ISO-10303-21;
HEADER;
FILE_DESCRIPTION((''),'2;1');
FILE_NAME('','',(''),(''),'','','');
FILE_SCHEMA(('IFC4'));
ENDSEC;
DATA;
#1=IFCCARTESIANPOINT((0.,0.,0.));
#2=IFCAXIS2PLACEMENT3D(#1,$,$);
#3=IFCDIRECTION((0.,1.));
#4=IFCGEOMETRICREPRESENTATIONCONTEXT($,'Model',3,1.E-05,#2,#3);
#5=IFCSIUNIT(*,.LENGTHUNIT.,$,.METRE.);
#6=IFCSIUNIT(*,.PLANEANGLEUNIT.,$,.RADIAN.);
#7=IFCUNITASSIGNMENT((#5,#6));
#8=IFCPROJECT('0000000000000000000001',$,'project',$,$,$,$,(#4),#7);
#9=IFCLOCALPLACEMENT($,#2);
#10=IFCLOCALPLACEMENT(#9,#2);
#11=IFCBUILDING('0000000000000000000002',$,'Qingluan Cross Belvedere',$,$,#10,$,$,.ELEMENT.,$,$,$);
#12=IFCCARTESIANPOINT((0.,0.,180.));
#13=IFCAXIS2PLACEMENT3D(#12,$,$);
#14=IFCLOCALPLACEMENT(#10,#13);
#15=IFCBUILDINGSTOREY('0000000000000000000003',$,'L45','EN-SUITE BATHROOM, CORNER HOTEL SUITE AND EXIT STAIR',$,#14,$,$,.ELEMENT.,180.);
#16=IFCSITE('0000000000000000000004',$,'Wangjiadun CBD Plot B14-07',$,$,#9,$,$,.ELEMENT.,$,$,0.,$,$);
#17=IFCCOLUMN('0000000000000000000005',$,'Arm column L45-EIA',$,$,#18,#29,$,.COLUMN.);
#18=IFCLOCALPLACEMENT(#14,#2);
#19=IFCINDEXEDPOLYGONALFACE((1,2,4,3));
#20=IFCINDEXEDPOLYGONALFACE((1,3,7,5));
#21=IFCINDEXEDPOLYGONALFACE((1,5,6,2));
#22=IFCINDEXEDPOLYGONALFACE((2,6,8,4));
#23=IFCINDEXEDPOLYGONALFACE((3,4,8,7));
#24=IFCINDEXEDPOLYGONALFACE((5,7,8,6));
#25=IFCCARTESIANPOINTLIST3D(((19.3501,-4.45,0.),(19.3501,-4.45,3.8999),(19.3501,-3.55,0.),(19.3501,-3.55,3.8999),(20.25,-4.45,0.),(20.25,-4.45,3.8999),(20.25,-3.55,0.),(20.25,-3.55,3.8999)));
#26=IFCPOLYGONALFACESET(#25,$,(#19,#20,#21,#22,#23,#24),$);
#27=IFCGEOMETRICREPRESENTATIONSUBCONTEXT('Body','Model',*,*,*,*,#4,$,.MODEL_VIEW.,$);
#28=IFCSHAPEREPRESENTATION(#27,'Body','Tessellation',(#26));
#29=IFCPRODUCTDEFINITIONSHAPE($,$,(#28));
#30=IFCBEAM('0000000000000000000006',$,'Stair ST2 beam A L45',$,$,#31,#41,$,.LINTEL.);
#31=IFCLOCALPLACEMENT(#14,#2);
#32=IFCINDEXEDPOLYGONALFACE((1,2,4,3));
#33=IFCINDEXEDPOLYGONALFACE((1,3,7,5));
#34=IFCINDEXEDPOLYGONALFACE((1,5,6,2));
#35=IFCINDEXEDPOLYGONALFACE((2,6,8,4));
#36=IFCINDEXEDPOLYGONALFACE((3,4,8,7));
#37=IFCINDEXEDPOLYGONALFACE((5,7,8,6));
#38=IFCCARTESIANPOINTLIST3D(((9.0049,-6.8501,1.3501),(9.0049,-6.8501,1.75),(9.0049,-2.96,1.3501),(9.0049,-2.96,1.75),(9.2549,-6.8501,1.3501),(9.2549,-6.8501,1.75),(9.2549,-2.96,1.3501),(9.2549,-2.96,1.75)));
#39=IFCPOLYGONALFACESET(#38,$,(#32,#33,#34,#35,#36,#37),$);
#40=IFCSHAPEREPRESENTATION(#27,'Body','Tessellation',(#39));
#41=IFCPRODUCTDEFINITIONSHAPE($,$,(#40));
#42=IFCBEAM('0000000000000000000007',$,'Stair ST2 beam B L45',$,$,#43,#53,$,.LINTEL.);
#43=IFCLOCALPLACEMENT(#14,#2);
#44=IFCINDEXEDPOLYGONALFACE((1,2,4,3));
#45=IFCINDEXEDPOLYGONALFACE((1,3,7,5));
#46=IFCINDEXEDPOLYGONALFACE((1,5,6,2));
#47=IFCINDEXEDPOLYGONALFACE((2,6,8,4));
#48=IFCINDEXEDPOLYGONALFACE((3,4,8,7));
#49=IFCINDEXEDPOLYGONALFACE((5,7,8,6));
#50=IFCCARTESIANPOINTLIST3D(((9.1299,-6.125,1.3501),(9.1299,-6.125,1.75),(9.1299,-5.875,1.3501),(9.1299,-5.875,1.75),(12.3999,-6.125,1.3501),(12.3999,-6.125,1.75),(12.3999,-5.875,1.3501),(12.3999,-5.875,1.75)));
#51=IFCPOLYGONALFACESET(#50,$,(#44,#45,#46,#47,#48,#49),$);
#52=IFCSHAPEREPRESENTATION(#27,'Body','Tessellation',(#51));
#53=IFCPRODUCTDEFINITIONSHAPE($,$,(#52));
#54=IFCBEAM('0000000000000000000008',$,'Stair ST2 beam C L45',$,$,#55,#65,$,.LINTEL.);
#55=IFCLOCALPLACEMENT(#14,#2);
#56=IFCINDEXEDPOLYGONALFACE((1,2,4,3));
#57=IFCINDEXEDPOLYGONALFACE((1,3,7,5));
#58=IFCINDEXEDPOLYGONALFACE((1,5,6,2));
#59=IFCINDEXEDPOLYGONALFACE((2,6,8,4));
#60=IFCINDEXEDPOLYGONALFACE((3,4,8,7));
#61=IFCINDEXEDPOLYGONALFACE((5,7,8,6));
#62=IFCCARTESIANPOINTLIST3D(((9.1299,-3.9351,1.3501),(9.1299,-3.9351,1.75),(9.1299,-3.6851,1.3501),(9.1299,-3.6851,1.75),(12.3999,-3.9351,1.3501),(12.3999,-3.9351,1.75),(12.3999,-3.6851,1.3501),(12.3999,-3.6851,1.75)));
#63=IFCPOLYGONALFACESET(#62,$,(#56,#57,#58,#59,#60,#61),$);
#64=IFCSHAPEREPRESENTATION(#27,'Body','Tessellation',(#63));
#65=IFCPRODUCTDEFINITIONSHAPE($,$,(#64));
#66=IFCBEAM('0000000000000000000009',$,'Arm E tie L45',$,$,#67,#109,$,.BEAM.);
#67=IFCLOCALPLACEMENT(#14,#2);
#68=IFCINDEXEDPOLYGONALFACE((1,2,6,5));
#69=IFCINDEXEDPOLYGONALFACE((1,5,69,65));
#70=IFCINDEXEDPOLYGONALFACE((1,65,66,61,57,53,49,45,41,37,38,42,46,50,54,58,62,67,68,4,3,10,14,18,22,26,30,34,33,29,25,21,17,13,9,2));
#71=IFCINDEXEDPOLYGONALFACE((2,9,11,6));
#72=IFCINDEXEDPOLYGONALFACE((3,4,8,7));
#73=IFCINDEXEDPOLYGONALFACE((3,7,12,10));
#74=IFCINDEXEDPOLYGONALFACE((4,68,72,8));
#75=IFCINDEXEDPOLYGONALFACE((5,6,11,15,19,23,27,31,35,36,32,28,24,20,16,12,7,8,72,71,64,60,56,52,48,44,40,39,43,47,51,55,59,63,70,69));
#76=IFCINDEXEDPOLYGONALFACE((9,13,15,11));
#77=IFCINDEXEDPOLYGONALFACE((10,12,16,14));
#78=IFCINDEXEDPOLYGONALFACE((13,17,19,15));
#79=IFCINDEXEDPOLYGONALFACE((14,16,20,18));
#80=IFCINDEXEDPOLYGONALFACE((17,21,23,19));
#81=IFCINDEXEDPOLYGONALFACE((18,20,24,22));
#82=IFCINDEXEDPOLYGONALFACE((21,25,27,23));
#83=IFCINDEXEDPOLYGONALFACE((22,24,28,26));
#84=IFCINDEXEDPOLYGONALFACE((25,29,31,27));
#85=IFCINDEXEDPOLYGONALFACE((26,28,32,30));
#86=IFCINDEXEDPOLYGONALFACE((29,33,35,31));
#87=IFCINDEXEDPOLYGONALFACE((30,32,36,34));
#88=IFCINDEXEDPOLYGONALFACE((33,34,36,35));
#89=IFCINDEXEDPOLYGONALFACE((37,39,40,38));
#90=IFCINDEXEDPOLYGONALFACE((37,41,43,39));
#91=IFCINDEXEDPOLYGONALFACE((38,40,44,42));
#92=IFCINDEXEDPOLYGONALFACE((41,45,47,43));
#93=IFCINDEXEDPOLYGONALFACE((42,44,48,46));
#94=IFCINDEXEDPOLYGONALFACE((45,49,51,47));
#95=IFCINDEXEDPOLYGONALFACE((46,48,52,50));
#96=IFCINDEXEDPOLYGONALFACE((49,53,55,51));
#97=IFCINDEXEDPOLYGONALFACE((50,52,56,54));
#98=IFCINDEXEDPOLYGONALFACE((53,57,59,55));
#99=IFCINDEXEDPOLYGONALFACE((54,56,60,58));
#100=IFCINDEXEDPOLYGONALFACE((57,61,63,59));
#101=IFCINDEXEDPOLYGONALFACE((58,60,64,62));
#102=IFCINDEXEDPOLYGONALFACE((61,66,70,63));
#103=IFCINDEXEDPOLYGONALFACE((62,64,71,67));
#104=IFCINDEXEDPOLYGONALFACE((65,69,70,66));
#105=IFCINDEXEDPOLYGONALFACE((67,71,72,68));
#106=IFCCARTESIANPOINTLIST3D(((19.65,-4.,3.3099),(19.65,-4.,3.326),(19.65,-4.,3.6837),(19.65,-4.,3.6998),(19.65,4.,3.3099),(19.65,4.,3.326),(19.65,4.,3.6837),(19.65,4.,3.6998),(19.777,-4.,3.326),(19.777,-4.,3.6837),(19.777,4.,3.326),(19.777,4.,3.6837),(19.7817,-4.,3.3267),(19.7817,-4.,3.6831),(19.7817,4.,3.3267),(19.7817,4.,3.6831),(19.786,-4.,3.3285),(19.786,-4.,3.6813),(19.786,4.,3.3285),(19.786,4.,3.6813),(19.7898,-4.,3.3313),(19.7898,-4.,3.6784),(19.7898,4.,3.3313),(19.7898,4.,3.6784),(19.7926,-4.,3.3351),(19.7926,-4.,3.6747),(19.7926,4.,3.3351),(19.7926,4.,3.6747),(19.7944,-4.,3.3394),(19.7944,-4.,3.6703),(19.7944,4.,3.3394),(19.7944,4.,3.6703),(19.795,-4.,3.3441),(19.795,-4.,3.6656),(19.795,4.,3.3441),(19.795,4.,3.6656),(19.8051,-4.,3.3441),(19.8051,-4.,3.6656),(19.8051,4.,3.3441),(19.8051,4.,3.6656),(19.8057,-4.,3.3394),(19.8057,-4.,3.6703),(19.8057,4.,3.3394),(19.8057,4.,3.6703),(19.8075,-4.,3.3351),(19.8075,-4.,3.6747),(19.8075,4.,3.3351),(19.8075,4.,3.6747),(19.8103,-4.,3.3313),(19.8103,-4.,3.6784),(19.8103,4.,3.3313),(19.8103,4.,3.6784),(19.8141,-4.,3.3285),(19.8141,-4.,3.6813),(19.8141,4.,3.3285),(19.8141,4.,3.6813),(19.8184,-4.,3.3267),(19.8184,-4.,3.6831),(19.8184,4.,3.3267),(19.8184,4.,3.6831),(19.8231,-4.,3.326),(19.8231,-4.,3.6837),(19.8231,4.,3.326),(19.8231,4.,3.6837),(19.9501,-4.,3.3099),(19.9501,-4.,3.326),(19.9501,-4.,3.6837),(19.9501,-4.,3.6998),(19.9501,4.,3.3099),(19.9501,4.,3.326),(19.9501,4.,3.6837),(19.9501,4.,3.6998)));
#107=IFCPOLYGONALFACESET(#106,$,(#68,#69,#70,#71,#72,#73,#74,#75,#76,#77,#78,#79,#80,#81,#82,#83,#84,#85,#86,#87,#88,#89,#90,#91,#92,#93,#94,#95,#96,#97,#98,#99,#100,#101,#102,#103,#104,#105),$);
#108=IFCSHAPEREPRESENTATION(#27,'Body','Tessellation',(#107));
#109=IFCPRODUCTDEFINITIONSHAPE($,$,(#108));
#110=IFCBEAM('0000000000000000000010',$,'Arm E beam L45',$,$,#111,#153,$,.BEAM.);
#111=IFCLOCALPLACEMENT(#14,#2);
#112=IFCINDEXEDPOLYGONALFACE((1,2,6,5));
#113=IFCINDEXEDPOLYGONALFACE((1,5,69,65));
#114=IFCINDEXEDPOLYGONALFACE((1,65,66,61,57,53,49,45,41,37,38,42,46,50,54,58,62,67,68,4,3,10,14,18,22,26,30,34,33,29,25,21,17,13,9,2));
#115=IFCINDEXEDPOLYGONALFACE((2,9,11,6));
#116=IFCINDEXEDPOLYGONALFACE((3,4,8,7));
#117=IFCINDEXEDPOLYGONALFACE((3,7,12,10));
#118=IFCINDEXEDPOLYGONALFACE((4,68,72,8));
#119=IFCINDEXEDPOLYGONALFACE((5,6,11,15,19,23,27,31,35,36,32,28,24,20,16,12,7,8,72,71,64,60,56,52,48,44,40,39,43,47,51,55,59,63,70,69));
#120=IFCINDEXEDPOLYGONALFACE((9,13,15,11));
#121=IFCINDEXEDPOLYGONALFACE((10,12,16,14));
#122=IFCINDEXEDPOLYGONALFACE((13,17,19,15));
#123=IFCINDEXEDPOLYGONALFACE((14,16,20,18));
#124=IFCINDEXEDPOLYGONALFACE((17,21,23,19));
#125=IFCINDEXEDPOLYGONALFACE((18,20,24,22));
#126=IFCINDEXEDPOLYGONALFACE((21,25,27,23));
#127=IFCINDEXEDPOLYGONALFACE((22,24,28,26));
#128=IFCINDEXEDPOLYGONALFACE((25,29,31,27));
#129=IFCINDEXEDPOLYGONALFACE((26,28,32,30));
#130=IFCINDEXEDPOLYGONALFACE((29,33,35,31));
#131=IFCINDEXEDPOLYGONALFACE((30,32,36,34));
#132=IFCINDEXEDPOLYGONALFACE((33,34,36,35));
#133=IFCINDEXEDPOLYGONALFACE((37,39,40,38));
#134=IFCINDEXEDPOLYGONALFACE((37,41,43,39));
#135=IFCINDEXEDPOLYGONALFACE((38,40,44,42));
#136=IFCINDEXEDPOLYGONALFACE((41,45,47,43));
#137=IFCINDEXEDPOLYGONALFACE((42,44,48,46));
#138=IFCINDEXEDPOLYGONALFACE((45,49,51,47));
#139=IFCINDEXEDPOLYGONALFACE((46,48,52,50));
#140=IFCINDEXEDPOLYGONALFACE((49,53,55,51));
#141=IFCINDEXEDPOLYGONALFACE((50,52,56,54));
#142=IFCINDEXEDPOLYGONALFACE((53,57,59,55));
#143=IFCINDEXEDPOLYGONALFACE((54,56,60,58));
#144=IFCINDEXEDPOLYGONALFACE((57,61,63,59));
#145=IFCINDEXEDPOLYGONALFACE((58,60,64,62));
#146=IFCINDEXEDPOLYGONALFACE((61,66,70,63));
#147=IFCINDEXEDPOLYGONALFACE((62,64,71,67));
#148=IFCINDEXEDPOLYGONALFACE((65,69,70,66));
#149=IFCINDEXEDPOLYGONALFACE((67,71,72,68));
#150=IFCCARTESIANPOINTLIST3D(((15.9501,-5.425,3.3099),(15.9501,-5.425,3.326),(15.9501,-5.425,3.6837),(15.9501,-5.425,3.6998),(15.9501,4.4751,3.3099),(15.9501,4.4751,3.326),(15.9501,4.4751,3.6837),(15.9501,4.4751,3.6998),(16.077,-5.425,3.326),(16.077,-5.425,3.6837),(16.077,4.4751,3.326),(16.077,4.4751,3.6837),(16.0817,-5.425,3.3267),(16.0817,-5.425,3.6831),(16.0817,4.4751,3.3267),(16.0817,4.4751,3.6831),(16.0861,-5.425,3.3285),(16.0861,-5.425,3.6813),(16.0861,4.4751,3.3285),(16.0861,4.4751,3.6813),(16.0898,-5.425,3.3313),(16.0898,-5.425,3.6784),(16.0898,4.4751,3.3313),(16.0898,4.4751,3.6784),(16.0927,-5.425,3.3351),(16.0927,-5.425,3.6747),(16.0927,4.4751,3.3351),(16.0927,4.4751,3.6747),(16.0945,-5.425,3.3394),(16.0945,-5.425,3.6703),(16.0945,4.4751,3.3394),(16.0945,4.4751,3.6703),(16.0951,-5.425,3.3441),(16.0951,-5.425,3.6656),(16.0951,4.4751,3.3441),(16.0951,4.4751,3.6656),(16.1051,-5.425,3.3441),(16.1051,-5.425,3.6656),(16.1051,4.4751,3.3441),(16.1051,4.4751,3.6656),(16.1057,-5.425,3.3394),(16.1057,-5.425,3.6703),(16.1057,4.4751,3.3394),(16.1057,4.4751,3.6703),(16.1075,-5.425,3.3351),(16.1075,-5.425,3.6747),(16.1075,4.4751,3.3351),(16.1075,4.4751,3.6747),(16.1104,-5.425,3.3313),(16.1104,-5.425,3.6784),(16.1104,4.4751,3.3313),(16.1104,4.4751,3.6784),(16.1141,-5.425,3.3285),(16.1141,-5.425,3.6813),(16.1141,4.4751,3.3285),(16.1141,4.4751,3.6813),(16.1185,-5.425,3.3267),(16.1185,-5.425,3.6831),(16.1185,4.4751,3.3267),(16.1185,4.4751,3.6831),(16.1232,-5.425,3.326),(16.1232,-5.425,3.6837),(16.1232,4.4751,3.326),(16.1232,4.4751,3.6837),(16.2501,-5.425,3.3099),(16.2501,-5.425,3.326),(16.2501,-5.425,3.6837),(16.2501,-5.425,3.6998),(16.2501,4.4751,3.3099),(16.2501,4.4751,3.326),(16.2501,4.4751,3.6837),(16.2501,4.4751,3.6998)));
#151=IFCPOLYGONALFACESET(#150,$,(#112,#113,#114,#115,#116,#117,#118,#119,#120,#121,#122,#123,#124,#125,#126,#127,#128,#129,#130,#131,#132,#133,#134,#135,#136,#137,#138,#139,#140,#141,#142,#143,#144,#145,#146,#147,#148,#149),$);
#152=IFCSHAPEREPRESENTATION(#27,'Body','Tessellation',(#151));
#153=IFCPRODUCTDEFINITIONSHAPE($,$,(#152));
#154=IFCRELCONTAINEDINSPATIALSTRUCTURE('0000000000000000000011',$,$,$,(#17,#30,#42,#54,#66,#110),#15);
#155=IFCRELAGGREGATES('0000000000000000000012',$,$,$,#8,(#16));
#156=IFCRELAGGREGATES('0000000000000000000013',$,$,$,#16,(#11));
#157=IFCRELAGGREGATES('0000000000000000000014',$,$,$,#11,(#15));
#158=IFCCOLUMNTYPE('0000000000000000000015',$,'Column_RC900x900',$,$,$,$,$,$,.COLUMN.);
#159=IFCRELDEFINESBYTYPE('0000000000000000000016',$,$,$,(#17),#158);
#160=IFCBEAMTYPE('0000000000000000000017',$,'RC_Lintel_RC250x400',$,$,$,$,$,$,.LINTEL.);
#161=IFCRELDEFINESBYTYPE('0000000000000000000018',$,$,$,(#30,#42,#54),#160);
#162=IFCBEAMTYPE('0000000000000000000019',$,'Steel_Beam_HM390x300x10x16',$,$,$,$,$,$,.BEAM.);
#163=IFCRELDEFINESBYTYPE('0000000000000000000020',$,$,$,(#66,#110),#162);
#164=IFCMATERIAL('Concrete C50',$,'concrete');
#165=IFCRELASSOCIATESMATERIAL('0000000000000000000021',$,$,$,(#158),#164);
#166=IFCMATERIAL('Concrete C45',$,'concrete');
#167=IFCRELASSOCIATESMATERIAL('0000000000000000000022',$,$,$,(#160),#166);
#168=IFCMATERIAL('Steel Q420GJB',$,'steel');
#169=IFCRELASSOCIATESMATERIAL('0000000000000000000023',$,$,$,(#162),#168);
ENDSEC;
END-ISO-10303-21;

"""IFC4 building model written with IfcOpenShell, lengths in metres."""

from ifc_helpers import new_model, si_unit, direction, frame, origin, origin_2d, place, context, subcontext, project, spatial, rectangle, i_section, extrude, material, material_profile, profile_set, type_object, element, save


model = new_model("IFC4")

# Units and contexts
model_context = context("Model", 3, precision=1e-05, world=origin(), true_north=direction((0.0, 1.0)))
body_context = subcontext(model_context, "Body", "Model", "MODEL_VIEW")
ifc_project = project(units=[si_unit("LENGTHUNIT", "METRE"), si_unit("PLANEANGLEUNIT", "RADIAN")], contexts=[model_context])

# Site, building, storey
site_placement = place(None, origin())
site = spatial("IfcSite", under=ifc_project, at=site_placement, Name="Wangjiadun CBD Plot B14-07", CompositionType="ELEMENT", RefElevation=0.0)
building_placement = place(site_placement, origin())
building = spatial("IfcBuilding", under=site, at=building_placement, Name="Qingluan Cross Belvedere", CompositionType="ELEMENT")
storey_placement = place(building_placement, frame((0.0, 0.0, 180.0)))
storey = spatial("IfcBuildingStorey", under=building, at=storey_placement, Name="L45", Description="EN-SUITE BATHROOM, CORNER HOTEL SUITE AND EXIT STAIR", CompositionType="ELEMENT", Elevation=180.0)

# Column
ifc_material_1 = material(Name="Concrete C50", Category="concrete")
ifc_material_profile_1 = material_profile(ifc_material_1, rectangle(XDim=0.8999, YDim=0.8999, at=origin_2d()), Name="RC900x900")
ifc_profile_set_1 = profile_set([ifc_material_profile_1], Name="Concrete C50")
column_type = type_object("IfcColumnType", Name="Column_RC900x900", PredefinedType="COLUMN", material=ifc_profile_set_1)
column_placement = place(storey_placement, frame((19.8, -4.0, 0.0), z_axis=(0.0, 0.0, 1.0), x_axis=(1.0, 0.0, 0.0)))
element("IfcColumn", 1, at=column_placement, inside=storey, type_object=column_type, Name="Arm column L45-EIA", PredefinedType="COLUMN", context=body_context, shape_type="SweptSolid", body=[
    extrude(rectangle(XDim=0.8999, YDim=0.8999, at=origin_2d()), origin(), (0.0, 0.0, 1.0), 3.8999),
])

# Beams
ifc_material_2 = material(Name="Concrete C45", Category="concrete")
ifc_material_profile_2 = material_profile(ifc_material_2, rectangle(XDim=0.25, YDim=0.3999, at=origin_2d()), Name="RC250x400")
ifc_profile_set_2 = profile_set([ifc_material_profile_2], Name="Concrete C45")
beam_type_1 = type_object("IfcBeamType", Name="RC_Lintel_RC250x400", PredefinedType="LINTEL", material=ifc_profile_set_2)
beam_1_placement = place(storey_placement, frame((9.1299, -6.8501, 1.55), z_axis=(0.0, 1.0, 0.0), x_axis=(-1.0, 0.0, 0.0)))
element("IfcBeam", 2, at=beam_1_placement, inside=storey, type_object=beam_type_1, Name="Stair ST2 beam A L45", PredefinedType="LINTEL", context=body_context, shape_type="SweptSolid", body=[
    extrude(rectangle(XDim=0.25, YDim=0.3999, at=origin_2d()), origin(), (0.0, 0.0, 1.0), 3.8901),
])
for number, where, z_axis, x_axis, name in (
    (3, (12.3999, -6.0, 1.55), (-1.0, 0.0, 0.0), (0.0, -1.0, 0.0), "Stair ST2 beam B L45"),
    (4, (12.3999, -3.8101, 1.55), (-1.0, 0.0, 0.0), (0.0, -1.0, 0.0), "Stair ST2 beam C L45"),
):
    element("IfcBeam", number, at=place(storey_placement, frame(where, z_axis=z_axis, x_axis=x_axis)), inside=storey, type_object=beam_type_1, Name=name, PredefinedType="LINTEL", context=body_context, shape_type="SweptSolid", body=[
        extrude(rectangle(XDim=0.25, YDim=0.3999, at=origin_2d()), origin(), (0.0, 0.0, 1.0), 3.27),
    ])
ifc_material_3 = material(Name="Steel Q420GJB", Category="steel")
ifc_material_profile_3 = material_profile(ifc_material_3, i_section(OverallWidth=0.3, OverallDepth=0.3899, WebThickness=0.01, FlangeThickness=0.0161, FilletRadius=0.0181, at=origin_2d()), Name="HM390x300x10x16")
ifc_profile_set_3 = profile_set([ifc_material_profile_3], Name="Steel Q420GJB")
beam_type_2 = type_object("IfcBeamType", Name="Steel_Beam_HM390x300x10x16", PredefinedType="BEAM", material=ifc_profile_set_3)
beam_2_placement = place(storey_placement, frame((19.8, -4.0, 3.5049), z_axis=(0.0, 1.0, 0.0), x_axis=(-1.0, 0.0, 0.0)))
element("IfcBeam", 5, at=beam_2_placement, inside=storey, type_object=beam_type_2, Name="Arm E tie L45", PredefinedType="BEAM", context=body_context, shape_type="SweptSolid", body=[
    extrude(i_section(OverallWidth=0.3, OverallDepth=0.3899, WebThickness=0.01, FlangeThickness=0.0161, FilletRadius=0.0181, at=origin_2d()), origin(), (0.0, 0.0, 1.0), 8.0),
])
beam_3_placement = place(storey_placement, frame((16.1001, -5.425, 3.5049), z_axis=(0.0, 1.0, 0.0), x_axis=(-1.0, 0.0, 0.0)))
element("IfcBeam", 6, at=beam_3_placement, inside=storey, type_object=beam_type_2, Name="Arm E beam L45", PredefinedType="BEAM", context=body_context, shape_type="SweptSolid", body=[
    extrude(i_section(OverallWidth=0.3, OverallDepth=0.3899, WebThickness=0.01, FlangeThickness=0.0161, FilletRadius=0.0181, at=origin_2d()), origin(), (0.0, 0.0, 1.0), 9.9001),
])

save(model, "model.ifc")
